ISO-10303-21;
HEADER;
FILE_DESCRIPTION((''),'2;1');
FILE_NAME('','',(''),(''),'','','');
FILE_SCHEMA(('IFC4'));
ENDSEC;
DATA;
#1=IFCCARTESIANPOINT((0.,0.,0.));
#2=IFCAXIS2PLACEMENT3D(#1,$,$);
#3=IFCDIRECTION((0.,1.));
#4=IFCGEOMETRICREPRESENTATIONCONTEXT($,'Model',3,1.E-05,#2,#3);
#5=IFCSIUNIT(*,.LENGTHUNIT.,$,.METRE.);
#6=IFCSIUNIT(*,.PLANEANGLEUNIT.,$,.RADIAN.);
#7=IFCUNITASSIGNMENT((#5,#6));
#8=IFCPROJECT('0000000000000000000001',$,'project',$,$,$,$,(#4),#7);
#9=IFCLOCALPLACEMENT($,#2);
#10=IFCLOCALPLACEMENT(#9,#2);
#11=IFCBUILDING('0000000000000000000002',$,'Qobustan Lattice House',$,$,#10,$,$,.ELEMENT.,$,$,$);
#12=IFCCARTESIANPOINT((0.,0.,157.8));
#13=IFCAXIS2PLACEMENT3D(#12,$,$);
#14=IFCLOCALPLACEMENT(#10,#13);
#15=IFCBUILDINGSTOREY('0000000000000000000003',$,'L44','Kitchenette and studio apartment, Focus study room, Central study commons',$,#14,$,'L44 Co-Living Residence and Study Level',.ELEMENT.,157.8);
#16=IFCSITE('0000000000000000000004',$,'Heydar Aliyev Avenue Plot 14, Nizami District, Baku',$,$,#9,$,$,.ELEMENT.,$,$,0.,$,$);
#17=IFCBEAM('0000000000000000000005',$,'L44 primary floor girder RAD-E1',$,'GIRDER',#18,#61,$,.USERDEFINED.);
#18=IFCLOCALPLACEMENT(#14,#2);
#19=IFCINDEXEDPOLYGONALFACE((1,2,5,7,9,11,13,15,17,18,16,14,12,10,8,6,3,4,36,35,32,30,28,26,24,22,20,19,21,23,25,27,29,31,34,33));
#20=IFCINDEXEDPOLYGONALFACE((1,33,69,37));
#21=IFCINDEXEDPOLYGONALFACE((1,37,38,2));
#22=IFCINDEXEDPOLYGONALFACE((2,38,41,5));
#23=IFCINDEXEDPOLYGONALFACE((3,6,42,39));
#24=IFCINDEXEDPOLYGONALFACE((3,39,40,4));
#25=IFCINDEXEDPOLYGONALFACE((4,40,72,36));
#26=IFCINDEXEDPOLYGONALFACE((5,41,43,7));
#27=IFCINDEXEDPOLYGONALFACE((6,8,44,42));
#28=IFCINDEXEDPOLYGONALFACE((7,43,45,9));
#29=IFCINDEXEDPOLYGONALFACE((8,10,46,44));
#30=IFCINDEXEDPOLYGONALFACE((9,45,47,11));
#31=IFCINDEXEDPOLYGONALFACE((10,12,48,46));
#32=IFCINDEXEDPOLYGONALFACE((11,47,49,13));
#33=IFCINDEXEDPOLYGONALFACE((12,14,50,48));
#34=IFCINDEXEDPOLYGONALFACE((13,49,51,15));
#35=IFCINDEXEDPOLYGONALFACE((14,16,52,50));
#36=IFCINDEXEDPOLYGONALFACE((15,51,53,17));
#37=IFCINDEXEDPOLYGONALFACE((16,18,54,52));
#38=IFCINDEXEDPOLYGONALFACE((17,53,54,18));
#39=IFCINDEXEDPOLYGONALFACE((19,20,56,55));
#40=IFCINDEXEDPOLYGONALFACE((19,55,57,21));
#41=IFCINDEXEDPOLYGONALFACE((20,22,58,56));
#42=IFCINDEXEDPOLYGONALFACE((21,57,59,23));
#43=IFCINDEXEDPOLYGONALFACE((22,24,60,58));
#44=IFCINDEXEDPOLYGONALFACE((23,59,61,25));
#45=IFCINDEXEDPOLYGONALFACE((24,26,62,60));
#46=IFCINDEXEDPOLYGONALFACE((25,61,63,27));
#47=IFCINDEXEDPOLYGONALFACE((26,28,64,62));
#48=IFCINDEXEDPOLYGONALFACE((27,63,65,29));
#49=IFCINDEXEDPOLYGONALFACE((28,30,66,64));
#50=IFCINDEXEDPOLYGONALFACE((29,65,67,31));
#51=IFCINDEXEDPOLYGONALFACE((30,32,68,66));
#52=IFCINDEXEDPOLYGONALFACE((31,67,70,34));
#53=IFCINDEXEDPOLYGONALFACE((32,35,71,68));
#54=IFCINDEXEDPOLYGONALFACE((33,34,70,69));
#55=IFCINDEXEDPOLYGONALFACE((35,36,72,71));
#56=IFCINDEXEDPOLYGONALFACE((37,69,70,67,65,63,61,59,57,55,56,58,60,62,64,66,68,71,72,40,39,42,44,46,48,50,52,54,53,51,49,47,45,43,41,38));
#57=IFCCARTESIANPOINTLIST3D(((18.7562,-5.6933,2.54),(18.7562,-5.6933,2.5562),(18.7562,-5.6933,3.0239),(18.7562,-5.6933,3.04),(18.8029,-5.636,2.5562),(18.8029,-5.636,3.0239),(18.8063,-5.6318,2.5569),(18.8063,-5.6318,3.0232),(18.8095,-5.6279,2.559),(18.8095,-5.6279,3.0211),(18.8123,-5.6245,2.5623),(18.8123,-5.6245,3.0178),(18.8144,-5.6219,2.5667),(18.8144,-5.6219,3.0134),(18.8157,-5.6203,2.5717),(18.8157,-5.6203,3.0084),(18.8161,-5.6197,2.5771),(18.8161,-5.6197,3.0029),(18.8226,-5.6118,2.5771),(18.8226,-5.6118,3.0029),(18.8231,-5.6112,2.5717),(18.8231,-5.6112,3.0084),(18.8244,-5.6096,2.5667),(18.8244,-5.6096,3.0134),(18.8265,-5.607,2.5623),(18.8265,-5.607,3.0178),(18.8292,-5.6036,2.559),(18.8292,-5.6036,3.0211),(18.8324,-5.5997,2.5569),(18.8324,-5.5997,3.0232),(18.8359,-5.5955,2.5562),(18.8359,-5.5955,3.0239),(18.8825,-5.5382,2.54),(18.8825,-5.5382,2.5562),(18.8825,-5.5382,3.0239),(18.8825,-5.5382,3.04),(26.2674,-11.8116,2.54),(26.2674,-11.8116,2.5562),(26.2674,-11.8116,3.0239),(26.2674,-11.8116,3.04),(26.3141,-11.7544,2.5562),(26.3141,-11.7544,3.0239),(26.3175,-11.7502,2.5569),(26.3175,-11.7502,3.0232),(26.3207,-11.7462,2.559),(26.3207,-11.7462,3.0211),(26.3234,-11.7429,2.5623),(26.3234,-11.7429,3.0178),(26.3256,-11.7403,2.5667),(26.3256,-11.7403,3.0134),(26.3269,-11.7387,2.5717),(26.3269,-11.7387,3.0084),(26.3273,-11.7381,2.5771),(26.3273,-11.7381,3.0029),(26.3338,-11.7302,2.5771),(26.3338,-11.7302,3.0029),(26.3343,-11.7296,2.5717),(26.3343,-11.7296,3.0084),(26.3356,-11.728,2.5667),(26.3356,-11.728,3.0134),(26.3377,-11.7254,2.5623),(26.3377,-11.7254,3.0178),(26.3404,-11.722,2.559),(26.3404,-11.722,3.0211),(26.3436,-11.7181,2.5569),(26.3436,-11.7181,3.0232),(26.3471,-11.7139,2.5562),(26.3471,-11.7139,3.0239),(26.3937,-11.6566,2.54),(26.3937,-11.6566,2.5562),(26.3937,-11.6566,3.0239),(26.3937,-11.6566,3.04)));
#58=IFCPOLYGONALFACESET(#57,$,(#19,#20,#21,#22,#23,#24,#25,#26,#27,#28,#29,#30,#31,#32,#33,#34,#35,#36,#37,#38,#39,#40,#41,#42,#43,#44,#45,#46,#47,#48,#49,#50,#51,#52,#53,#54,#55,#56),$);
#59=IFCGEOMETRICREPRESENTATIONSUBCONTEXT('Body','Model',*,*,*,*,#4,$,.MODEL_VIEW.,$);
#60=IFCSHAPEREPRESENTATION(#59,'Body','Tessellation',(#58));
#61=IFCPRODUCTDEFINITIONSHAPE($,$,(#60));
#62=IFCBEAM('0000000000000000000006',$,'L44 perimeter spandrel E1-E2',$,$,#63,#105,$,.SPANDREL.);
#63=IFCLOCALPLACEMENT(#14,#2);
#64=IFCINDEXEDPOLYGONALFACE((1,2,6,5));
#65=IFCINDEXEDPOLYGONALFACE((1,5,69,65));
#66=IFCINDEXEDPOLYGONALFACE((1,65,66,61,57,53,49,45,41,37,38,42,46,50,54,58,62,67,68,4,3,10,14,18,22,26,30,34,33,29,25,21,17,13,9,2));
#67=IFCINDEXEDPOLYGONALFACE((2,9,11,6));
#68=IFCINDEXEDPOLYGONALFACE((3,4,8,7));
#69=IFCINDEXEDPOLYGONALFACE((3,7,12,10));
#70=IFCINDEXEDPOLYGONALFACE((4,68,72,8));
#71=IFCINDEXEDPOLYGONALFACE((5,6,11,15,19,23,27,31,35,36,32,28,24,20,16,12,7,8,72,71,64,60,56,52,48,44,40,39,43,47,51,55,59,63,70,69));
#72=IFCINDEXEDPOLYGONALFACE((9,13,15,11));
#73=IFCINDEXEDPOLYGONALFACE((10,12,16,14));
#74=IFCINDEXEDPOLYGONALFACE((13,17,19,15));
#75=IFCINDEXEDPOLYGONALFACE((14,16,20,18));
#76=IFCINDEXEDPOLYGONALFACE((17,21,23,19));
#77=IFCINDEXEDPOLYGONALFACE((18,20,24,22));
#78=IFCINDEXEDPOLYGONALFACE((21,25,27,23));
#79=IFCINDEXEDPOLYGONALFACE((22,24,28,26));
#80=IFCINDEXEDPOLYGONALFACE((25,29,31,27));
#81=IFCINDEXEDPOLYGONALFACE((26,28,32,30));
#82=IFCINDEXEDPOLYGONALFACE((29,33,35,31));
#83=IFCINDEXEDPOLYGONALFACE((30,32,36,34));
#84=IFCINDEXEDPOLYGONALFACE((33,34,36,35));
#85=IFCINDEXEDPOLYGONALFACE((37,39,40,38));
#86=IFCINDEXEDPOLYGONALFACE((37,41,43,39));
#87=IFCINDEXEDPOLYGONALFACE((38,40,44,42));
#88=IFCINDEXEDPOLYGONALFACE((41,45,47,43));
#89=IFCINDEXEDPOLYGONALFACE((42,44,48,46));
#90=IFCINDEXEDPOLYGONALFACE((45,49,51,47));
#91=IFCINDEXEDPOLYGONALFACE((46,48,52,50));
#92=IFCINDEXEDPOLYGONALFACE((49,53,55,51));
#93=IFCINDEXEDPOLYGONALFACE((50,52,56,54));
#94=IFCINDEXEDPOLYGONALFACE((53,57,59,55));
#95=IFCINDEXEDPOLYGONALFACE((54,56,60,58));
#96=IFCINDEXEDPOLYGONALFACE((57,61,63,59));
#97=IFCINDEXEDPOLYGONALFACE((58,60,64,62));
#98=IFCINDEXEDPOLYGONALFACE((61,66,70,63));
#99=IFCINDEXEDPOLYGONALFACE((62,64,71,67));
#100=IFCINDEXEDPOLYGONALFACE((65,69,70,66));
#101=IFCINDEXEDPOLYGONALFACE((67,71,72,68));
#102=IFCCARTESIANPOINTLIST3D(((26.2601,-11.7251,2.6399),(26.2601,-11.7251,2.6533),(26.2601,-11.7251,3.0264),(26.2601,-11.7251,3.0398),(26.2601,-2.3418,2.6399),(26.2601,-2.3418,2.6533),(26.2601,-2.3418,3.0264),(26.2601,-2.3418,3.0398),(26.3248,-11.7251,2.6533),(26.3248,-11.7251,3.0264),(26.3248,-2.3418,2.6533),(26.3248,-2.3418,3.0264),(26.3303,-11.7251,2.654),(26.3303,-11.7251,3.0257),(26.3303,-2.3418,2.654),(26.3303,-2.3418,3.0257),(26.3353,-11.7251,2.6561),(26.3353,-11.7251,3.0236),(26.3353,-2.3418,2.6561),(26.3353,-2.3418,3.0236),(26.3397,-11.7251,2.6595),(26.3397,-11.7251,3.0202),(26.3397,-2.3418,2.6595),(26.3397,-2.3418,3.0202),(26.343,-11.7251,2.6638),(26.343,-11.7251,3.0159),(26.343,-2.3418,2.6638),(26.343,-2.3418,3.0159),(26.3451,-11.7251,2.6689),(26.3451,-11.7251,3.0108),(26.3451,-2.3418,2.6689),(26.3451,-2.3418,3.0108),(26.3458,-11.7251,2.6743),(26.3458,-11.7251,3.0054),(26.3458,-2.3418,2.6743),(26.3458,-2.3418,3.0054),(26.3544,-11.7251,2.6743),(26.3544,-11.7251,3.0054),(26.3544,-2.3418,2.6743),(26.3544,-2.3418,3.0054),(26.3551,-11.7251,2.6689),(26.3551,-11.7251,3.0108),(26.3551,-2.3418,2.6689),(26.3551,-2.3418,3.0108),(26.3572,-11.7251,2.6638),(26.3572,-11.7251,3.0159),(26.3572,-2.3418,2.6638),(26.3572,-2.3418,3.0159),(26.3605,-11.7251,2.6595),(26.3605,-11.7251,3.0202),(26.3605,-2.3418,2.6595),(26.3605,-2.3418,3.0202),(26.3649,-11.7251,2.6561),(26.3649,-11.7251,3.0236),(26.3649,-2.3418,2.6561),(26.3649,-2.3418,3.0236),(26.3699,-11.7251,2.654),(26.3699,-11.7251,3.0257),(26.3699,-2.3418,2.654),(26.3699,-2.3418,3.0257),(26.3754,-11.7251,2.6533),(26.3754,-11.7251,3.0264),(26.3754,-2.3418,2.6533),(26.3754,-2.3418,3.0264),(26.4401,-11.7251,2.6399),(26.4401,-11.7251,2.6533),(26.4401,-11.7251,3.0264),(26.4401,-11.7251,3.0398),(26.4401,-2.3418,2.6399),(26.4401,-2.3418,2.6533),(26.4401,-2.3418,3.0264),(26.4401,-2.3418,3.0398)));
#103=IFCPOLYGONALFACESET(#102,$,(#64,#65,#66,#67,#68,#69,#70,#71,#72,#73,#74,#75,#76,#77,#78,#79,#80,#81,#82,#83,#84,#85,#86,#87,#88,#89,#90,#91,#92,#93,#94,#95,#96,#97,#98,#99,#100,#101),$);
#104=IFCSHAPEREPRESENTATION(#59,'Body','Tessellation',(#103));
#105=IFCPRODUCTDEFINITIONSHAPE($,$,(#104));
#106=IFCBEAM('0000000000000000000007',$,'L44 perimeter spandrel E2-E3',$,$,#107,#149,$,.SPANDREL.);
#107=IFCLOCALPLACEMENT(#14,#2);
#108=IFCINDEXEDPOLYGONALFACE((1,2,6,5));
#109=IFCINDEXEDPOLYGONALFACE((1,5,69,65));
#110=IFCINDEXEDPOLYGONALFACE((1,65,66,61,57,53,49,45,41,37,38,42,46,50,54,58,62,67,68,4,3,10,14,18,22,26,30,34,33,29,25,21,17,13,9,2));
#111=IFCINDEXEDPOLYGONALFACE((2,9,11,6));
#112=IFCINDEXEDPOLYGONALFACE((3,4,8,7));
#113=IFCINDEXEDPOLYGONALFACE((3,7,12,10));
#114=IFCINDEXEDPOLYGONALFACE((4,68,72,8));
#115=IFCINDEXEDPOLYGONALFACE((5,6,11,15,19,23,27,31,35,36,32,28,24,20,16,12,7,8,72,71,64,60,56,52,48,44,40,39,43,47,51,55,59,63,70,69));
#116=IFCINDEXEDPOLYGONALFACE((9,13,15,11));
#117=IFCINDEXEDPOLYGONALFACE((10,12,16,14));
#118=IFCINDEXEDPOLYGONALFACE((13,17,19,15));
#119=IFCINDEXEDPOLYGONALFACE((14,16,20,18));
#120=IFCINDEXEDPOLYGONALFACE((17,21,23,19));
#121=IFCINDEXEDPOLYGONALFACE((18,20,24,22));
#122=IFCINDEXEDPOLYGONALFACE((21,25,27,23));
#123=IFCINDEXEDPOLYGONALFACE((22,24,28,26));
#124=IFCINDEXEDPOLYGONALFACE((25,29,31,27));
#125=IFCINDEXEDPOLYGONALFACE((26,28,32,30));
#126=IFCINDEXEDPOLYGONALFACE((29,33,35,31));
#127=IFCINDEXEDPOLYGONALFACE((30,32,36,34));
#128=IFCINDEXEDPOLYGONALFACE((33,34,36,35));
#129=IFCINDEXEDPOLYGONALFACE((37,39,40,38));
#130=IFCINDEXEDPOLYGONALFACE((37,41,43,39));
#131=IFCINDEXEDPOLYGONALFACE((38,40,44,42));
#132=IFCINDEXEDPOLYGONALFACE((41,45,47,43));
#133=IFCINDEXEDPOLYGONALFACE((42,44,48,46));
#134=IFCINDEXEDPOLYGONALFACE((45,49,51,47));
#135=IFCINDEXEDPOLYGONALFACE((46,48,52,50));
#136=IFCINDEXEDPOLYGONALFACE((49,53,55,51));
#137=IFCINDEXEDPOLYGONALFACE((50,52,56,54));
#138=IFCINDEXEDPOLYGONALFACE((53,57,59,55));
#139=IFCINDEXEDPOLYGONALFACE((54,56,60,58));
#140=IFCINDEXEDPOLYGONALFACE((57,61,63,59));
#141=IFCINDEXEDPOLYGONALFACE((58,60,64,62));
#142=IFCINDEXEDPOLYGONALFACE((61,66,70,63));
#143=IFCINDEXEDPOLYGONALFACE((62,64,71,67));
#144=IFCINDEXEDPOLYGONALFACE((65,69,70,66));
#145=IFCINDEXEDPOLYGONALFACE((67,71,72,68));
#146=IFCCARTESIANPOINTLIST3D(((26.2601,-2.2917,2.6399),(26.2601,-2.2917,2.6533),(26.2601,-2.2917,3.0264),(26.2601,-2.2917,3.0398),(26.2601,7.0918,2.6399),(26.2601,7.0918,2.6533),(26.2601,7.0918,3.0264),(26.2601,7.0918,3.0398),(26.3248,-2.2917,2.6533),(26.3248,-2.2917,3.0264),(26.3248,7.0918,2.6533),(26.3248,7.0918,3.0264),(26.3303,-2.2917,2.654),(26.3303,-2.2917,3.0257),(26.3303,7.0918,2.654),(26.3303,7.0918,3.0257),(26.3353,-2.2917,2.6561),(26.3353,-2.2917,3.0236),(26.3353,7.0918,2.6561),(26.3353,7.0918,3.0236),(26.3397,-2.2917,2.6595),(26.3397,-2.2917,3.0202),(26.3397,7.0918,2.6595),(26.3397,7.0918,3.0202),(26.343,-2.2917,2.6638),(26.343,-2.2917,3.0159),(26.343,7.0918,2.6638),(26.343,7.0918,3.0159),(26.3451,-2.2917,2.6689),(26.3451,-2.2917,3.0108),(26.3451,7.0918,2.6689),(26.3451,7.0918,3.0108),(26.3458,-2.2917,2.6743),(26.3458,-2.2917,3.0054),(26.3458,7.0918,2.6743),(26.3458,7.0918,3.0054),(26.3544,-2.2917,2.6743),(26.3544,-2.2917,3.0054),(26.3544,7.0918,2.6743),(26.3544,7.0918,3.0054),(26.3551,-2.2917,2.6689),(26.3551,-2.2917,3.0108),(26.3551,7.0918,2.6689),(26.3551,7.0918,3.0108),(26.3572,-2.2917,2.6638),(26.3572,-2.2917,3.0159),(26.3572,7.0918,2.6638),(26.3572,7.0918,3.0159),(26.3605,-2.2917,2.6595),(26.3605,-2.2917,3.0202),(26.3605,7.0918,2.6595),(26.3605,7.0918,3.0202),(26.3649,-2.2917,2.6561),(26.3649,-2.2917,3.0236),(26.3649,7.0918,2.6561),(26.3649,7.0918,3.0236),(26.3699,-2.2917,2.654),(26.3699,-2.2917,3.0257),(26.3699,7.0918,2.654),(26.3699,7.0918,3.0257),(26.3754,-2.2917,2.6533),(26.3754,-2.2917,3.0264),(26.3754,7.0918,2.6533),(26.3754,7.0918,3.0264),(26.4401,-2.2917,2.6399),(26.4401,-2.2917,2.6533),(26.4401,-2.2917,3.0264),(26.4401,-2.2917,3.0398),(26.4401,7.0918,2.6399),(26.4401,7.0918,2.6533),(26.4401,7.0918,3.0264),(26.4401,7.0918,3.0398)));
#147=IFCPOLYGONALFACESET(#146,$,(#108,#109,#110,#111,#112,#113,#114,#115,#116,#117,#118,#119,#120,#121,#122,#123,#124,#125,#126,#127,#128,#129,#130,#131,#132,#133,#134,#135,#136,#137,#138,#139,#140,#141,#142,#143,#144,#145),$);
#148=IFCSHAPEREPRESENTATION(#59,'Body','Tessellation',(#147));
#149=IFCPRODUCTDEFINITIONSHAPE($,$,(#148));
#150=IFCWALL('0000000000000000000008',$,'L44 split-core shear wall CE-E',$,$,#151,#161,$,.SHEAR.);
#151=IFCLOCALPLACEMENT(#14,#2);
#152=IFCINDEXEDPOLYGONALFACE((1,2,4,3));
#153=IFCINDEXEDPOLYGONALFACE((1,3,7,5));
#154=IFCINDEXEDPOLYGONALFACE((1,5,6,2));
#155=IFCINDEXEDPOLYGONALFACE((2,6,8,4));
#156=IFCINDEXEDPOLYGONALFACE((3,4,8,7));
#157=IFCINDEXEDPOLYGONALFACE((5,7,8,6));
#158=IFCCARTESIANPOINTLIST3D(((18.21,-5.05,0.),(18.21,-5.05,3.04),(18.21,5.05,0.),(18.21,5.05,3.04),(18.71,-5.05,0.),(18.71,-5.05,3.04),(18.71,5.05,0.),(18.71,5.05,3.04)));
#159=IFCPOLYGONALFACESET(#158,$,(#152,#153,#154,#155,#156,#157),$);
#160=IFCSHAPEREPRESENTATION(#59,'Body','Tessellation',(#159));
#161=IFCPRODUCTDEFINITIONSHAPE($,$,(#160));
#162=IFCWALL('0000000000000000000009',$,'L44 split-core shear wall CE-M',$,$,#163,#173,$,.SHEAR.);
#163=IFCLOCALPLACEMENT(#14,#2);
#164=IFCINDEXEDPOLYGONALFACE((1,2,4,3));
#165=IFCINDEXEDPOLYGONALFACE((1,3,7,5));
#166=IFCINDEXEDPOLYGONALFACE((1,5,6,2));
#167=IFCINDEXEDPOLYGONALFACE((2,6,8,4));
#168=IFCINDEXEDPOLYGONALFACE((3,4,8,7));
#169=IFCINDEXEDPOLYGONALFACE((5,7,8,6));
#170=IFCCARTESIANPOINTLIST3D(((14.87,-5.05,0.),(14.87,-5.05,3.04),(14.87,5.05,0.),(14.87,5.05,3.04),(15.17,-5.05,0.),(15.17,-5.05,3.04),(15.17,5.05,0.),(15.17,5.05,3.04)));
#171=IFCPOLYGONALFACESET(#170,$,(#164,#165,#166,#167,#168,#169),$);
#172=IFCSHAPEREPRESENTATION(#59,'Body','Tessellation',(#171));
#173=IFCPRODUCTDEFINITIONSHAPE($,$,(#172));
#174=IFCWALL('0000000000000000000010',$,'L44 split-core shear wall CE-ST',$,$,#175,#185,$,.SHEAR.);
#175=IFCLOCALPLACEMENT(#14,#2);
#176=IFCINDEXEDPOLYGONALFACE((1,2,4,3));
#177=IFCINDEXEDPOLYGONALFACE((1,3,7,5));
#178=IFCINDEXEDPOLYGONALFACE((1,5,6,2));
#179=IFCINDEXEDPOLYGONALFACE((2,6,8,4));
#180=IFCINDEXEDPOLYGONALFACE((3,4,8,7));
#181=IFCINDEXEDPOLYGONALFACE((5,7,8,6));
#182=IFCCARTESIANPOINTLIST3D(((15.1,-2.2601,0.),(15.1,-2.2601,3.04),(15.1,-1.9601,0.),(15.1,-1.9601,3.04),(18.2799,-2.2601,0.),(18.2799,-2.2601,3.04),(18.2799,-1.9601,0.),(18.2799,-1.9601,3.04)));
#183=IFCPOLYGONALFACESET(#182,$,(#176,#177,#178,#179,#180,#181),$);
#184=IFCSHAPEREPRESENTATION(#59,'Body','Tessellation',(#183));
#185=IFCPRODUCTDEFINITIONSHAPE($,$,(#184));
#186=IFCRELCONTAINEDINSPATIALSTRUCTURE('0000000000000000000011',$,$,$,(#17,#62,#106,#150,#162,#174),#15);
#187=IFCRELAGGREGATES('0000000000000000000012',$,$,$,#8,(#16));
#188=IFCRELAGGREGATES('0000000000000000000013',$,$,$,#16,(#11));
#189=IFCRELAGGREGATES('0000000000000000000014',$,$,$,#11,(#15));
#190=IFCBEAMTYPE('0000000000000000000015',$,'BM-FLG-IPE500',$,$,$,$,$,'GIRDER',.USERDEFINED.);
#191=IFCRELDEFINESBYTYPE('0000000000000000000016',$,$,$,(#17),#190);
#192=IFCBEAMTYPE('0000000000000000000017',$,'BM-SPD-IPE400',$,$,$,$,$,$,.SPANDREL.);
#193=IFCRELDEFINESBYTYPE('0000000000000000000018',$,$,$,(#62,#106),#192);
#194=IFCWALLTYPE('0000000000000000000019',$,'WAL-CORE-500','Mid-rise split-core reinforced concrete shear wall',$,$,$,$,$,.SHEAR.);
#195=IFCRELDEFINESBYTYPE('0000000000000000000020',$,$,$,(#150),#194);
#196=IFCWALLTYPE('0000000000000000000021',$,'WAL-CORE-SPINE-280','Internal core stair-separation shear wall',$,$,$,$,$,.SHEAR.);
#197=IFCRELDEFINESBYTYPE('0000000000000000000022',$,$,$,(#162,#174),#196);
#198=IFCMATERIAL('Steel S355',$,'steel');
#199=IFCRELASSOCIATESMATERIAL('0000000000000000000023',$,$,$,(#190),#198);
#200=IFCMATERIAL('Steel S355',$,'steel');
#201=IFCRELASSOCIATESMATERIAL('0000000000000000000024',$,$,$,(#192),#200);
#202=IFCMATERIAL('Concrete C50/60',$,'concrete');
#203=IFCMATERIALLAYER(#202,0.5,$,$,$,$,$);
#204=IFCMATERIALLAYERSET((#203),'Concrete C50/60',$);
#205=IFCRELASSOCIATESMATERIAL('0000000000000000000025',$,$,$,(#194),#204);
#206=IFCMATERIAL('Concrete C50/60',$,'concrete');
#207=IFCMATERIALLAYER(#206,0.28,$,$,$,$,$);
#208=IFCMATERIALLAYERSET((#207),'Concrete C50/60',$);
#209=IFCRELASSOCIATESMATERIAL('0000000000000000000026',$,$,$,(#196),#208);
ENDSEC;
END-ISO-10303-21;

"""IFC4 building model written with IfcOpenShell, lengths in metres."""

from ifc_helpers import new_model, si_unit, direction, frame, frame_2d, origin, origin_2d, place, context, subcontext, project, spatial, rectangle, i_section, extrude, material, layer, layer_set, material_profile, profile_set, type_object, element, save


model = new_model("IFC4")

# Units and contexts
model_context = context("Model", 3, precision=1e-05, world=origin(), true_north=direction((0.0, 1.0)))
body_context = subcontext(model_context, "Body", "Model", "MODEL_VIEW")
ifc_project = project(units=[si_unit("LENGTHUNIT", "METRE"), si_unit("PLANEANGLEUNIT", "RADIAN")], contexts=[model_context])

# Site, building, storey
site_placement = place(None, origin())
site = spatial("IfcSite", under=ifc_project, at=site_placement, Name="Heydar Aliyev Avenue Plot 14, Nizami District, Baku", CompositionType="ELEMENT", RefElevation=0.0)
building_placement = place(site_placement, origin())
building = spatial("IfcBuilding", under=site, at=building_placement, Name="Qobustan Lattice House", CompositionType="ELEMENT")
storey_placement = place(building_placement, frame((0.0, 0.0, 157.8)))
storey = spatial("IfcBuildingStorey", under=building, at=storey_placement, Name="L44", Description="Kitchenette and studio apartment, Focus study room, Central study commons", LongName="L44 Co-Living Residence and Study Level", CompositionType="ELEMENT", Elevation=157.8)

# Beams
ifc_material_1 = material(Name="Steel S355", Category="steel")
ifc_material_profile_1 = material_profile(ifc_material_1, i_section(OverallWidth=0.2, OverallDepth=0.5, WebThickness=0.0103, FlangeThickness=0.0161, FilletRadius=0.021, at=origin_2d()), Name="IPE500")
ifc_profile_set_1 = profile_set([ifc_material_profile_1], Name="Steel S355")
beam_type_1 = type_object("IfcBeamType", Name="BM-FLG-IPE500", ElementType="GIRDER", PredefinedType="USERDEFINED", material=ifc_profile_set_1)
beam_1_placement = place(storey_placement, frame((26.3306, -11.7341, 2.79), z_axis=(-0.775329, 0.631558, 0.0), x_axis=(-0.631558, -0.775329, 0.0)))
element("IfcBeam", 1, at=beam_1_placement, inside=storey, type_object=beam_type_1, Name="L44 primary floor girder RAD-E1", ObjectType="GIRDER", PredefinedType="USERDEFINED", context=body_context, shape_type="SweptSolid", body=[
    extrude(i_section(OverallWidth=0.2, OverallDepth=0.5, WebThickness=0.0103, FlangeThickness=0.0161, FilletRadius=0.021, at=origin_2d()), origin(), (0.0, 0.0, 1.0), 9.6877),
])
ifc_material_2 = material(Name="Steel S355", Category="steel")
ifc_material_profile_2 = material_profile(ifc_material_2, i_section(OverallWidth=0.1799, OverallDepth=0.3999, WebThickness=0.0085, FlangeThickness=0.0134, FilletRadius=0.021, at=origin_2d()), Name="IPE400")
ifc_profile_set_2 = profile_set([ifc_material_profile_2], Name="Steel S355")
beam_type_2 = type_object("IfcBeamType", Name="BM-SPD-IPE400", PredefinedType="SPANDREL", material=ifc_profile_set_2)
beam_2_placement = place(storey_placement, frame((26.3501, -11.7251, 2.8398), z_axis=(0.0, 1.0, 0.0), x_axis=(-1.0, 0.0, 0.0)))
element("IfcBeam", 2, at=beam_2_placement, inside=storey, type_object=beam_type_2, Name="L44 perimeter spandrel E1-E2", PredefinedType="SPANDREL", context=body_context, shape_type="SweptSolid", body=[
    extrude(i_section(OverallWidth=0.1799, OverallDepth=0.3999, WebThickness=0.0085, FlangeThickness=0.0134, FilletRadius=0.021, at=origin_2d()), origin(), (0.0, 0.0, 1.0), 9.3833),
])
beam_3_placement = place(storey_placement, frame((26.3501, -2.2917, 2.8398), z_axis=(0.0, 1.0, 0.0), x_axis=(-1.0, 0.0, 0.0)))
element("IfcBeam", 3, at=beam_3_placement, inside=storey, type_object=beam_type_2, Name="L44 perimeter spandrel E2-E3", PredefinedType="SPANDREL", context=body_context, shape_type="SweptSolid", body=[
    extrude(i_section(OverallWidth=0.1799, OverallDepth=0.3999, WebThickness=0.0085, FlangeThickness=0.0134, FilletRadius=0.021, at=origin_2d()), origin(), (0.0, 0.0, 1.0), 9.3835),
])

# Walls
ifc_material_3 = material(Name="Concrete C50/60", Category="concrete")
ifc_layer_1 = layer(ifc_material_3, 0.5)
ifc_layer_set_1 = layer_set([ifc_layer_1], Name="Concrete C50/60")
wall_type_1 = type_object("IfcWallType", Name="WAL-CORE-500", Description="Mid-rise split-core reinforced concrete shear wall", PredefinedType="SHEAR", material=ifc_layer_set_1)
wall_1_placement = place(storey_placement, frame((18.46, -5.05, 0.0), z_axis=(0.0, 0.0, 1.0), x_axis=(0.0, 1.0, 0.0)))
element("IfcWall", 4, at=wall_1_placement, inside=storey, type_object=wall_type_1, Name="L44 split-core shear wall CE-E", PredefinedType="SHEAR", context=body_context, shape_type="SweptSolid", body=[
    extrude(rectangle(XDim=10.1001, YDim=0.5, at=frame_2d((5.05, 0.0))), origin(), (0.0, 0.0, 1.0), 3.04),
])
ifc_material_4 = material(Name="Concrete C50/60", Category="concrete")
ifc_layer_2 = layer(ifc_material_4, 0.28)
ifc_layer_set_2 = layer_set([ifc_layer_2], Name="Concrete C50/60")
wall_type_2 = type_object("IfcWallType", Name="WAL-CORE-SPINE-280", Description="Internal core stair-separation shear wall", PredefinedType="SHEAR", material=ifc_layer_set_2)
wall_2_placement = place(storey_placement, frame((15.02, -5.05, 0.0), z_axis=(0.0, 0.0, 1.0), x_axis=(0.0, 1.0, 0.0)))
element("IfcWall", 5, at=wall_2_placement, inside=storey, type_object=wall_type_2, Name="L44 split-core shear wall CE-M", PredefinedType="SHEAR", context=body_context, shape_type="SweptSolid", body=[
    extrude(rectangle(XDim=10.1001, YDim=0.3, at=frame_2d((5.05, 0.0))), origin(), (0.0, 0.0, 1.0), 3.04),
])
wall_3_placement = place(storey_placement, frame((15.1001, -2.1101, 0.0), z_axis=(0.0, 0.0, 1.0), x_axis=(1.0, 0.0, 0.0)))
element("IfcWall", 6, at=wall_3_placement, inside=storey, type_object=wall_type_2, Name="L44 split-core shear wall CE-ST", PredefinedType="SHEAR", context=body_context, shape_type="SweptSolid", body=[
    extrude(rectangle(XDim=3.1799, YDim=0.3, at=frame_2d((1.5898, 0.0))), origin(), (0.0, 0.0, 1.0), 3.04),
])

save(model, "model.ifc")
